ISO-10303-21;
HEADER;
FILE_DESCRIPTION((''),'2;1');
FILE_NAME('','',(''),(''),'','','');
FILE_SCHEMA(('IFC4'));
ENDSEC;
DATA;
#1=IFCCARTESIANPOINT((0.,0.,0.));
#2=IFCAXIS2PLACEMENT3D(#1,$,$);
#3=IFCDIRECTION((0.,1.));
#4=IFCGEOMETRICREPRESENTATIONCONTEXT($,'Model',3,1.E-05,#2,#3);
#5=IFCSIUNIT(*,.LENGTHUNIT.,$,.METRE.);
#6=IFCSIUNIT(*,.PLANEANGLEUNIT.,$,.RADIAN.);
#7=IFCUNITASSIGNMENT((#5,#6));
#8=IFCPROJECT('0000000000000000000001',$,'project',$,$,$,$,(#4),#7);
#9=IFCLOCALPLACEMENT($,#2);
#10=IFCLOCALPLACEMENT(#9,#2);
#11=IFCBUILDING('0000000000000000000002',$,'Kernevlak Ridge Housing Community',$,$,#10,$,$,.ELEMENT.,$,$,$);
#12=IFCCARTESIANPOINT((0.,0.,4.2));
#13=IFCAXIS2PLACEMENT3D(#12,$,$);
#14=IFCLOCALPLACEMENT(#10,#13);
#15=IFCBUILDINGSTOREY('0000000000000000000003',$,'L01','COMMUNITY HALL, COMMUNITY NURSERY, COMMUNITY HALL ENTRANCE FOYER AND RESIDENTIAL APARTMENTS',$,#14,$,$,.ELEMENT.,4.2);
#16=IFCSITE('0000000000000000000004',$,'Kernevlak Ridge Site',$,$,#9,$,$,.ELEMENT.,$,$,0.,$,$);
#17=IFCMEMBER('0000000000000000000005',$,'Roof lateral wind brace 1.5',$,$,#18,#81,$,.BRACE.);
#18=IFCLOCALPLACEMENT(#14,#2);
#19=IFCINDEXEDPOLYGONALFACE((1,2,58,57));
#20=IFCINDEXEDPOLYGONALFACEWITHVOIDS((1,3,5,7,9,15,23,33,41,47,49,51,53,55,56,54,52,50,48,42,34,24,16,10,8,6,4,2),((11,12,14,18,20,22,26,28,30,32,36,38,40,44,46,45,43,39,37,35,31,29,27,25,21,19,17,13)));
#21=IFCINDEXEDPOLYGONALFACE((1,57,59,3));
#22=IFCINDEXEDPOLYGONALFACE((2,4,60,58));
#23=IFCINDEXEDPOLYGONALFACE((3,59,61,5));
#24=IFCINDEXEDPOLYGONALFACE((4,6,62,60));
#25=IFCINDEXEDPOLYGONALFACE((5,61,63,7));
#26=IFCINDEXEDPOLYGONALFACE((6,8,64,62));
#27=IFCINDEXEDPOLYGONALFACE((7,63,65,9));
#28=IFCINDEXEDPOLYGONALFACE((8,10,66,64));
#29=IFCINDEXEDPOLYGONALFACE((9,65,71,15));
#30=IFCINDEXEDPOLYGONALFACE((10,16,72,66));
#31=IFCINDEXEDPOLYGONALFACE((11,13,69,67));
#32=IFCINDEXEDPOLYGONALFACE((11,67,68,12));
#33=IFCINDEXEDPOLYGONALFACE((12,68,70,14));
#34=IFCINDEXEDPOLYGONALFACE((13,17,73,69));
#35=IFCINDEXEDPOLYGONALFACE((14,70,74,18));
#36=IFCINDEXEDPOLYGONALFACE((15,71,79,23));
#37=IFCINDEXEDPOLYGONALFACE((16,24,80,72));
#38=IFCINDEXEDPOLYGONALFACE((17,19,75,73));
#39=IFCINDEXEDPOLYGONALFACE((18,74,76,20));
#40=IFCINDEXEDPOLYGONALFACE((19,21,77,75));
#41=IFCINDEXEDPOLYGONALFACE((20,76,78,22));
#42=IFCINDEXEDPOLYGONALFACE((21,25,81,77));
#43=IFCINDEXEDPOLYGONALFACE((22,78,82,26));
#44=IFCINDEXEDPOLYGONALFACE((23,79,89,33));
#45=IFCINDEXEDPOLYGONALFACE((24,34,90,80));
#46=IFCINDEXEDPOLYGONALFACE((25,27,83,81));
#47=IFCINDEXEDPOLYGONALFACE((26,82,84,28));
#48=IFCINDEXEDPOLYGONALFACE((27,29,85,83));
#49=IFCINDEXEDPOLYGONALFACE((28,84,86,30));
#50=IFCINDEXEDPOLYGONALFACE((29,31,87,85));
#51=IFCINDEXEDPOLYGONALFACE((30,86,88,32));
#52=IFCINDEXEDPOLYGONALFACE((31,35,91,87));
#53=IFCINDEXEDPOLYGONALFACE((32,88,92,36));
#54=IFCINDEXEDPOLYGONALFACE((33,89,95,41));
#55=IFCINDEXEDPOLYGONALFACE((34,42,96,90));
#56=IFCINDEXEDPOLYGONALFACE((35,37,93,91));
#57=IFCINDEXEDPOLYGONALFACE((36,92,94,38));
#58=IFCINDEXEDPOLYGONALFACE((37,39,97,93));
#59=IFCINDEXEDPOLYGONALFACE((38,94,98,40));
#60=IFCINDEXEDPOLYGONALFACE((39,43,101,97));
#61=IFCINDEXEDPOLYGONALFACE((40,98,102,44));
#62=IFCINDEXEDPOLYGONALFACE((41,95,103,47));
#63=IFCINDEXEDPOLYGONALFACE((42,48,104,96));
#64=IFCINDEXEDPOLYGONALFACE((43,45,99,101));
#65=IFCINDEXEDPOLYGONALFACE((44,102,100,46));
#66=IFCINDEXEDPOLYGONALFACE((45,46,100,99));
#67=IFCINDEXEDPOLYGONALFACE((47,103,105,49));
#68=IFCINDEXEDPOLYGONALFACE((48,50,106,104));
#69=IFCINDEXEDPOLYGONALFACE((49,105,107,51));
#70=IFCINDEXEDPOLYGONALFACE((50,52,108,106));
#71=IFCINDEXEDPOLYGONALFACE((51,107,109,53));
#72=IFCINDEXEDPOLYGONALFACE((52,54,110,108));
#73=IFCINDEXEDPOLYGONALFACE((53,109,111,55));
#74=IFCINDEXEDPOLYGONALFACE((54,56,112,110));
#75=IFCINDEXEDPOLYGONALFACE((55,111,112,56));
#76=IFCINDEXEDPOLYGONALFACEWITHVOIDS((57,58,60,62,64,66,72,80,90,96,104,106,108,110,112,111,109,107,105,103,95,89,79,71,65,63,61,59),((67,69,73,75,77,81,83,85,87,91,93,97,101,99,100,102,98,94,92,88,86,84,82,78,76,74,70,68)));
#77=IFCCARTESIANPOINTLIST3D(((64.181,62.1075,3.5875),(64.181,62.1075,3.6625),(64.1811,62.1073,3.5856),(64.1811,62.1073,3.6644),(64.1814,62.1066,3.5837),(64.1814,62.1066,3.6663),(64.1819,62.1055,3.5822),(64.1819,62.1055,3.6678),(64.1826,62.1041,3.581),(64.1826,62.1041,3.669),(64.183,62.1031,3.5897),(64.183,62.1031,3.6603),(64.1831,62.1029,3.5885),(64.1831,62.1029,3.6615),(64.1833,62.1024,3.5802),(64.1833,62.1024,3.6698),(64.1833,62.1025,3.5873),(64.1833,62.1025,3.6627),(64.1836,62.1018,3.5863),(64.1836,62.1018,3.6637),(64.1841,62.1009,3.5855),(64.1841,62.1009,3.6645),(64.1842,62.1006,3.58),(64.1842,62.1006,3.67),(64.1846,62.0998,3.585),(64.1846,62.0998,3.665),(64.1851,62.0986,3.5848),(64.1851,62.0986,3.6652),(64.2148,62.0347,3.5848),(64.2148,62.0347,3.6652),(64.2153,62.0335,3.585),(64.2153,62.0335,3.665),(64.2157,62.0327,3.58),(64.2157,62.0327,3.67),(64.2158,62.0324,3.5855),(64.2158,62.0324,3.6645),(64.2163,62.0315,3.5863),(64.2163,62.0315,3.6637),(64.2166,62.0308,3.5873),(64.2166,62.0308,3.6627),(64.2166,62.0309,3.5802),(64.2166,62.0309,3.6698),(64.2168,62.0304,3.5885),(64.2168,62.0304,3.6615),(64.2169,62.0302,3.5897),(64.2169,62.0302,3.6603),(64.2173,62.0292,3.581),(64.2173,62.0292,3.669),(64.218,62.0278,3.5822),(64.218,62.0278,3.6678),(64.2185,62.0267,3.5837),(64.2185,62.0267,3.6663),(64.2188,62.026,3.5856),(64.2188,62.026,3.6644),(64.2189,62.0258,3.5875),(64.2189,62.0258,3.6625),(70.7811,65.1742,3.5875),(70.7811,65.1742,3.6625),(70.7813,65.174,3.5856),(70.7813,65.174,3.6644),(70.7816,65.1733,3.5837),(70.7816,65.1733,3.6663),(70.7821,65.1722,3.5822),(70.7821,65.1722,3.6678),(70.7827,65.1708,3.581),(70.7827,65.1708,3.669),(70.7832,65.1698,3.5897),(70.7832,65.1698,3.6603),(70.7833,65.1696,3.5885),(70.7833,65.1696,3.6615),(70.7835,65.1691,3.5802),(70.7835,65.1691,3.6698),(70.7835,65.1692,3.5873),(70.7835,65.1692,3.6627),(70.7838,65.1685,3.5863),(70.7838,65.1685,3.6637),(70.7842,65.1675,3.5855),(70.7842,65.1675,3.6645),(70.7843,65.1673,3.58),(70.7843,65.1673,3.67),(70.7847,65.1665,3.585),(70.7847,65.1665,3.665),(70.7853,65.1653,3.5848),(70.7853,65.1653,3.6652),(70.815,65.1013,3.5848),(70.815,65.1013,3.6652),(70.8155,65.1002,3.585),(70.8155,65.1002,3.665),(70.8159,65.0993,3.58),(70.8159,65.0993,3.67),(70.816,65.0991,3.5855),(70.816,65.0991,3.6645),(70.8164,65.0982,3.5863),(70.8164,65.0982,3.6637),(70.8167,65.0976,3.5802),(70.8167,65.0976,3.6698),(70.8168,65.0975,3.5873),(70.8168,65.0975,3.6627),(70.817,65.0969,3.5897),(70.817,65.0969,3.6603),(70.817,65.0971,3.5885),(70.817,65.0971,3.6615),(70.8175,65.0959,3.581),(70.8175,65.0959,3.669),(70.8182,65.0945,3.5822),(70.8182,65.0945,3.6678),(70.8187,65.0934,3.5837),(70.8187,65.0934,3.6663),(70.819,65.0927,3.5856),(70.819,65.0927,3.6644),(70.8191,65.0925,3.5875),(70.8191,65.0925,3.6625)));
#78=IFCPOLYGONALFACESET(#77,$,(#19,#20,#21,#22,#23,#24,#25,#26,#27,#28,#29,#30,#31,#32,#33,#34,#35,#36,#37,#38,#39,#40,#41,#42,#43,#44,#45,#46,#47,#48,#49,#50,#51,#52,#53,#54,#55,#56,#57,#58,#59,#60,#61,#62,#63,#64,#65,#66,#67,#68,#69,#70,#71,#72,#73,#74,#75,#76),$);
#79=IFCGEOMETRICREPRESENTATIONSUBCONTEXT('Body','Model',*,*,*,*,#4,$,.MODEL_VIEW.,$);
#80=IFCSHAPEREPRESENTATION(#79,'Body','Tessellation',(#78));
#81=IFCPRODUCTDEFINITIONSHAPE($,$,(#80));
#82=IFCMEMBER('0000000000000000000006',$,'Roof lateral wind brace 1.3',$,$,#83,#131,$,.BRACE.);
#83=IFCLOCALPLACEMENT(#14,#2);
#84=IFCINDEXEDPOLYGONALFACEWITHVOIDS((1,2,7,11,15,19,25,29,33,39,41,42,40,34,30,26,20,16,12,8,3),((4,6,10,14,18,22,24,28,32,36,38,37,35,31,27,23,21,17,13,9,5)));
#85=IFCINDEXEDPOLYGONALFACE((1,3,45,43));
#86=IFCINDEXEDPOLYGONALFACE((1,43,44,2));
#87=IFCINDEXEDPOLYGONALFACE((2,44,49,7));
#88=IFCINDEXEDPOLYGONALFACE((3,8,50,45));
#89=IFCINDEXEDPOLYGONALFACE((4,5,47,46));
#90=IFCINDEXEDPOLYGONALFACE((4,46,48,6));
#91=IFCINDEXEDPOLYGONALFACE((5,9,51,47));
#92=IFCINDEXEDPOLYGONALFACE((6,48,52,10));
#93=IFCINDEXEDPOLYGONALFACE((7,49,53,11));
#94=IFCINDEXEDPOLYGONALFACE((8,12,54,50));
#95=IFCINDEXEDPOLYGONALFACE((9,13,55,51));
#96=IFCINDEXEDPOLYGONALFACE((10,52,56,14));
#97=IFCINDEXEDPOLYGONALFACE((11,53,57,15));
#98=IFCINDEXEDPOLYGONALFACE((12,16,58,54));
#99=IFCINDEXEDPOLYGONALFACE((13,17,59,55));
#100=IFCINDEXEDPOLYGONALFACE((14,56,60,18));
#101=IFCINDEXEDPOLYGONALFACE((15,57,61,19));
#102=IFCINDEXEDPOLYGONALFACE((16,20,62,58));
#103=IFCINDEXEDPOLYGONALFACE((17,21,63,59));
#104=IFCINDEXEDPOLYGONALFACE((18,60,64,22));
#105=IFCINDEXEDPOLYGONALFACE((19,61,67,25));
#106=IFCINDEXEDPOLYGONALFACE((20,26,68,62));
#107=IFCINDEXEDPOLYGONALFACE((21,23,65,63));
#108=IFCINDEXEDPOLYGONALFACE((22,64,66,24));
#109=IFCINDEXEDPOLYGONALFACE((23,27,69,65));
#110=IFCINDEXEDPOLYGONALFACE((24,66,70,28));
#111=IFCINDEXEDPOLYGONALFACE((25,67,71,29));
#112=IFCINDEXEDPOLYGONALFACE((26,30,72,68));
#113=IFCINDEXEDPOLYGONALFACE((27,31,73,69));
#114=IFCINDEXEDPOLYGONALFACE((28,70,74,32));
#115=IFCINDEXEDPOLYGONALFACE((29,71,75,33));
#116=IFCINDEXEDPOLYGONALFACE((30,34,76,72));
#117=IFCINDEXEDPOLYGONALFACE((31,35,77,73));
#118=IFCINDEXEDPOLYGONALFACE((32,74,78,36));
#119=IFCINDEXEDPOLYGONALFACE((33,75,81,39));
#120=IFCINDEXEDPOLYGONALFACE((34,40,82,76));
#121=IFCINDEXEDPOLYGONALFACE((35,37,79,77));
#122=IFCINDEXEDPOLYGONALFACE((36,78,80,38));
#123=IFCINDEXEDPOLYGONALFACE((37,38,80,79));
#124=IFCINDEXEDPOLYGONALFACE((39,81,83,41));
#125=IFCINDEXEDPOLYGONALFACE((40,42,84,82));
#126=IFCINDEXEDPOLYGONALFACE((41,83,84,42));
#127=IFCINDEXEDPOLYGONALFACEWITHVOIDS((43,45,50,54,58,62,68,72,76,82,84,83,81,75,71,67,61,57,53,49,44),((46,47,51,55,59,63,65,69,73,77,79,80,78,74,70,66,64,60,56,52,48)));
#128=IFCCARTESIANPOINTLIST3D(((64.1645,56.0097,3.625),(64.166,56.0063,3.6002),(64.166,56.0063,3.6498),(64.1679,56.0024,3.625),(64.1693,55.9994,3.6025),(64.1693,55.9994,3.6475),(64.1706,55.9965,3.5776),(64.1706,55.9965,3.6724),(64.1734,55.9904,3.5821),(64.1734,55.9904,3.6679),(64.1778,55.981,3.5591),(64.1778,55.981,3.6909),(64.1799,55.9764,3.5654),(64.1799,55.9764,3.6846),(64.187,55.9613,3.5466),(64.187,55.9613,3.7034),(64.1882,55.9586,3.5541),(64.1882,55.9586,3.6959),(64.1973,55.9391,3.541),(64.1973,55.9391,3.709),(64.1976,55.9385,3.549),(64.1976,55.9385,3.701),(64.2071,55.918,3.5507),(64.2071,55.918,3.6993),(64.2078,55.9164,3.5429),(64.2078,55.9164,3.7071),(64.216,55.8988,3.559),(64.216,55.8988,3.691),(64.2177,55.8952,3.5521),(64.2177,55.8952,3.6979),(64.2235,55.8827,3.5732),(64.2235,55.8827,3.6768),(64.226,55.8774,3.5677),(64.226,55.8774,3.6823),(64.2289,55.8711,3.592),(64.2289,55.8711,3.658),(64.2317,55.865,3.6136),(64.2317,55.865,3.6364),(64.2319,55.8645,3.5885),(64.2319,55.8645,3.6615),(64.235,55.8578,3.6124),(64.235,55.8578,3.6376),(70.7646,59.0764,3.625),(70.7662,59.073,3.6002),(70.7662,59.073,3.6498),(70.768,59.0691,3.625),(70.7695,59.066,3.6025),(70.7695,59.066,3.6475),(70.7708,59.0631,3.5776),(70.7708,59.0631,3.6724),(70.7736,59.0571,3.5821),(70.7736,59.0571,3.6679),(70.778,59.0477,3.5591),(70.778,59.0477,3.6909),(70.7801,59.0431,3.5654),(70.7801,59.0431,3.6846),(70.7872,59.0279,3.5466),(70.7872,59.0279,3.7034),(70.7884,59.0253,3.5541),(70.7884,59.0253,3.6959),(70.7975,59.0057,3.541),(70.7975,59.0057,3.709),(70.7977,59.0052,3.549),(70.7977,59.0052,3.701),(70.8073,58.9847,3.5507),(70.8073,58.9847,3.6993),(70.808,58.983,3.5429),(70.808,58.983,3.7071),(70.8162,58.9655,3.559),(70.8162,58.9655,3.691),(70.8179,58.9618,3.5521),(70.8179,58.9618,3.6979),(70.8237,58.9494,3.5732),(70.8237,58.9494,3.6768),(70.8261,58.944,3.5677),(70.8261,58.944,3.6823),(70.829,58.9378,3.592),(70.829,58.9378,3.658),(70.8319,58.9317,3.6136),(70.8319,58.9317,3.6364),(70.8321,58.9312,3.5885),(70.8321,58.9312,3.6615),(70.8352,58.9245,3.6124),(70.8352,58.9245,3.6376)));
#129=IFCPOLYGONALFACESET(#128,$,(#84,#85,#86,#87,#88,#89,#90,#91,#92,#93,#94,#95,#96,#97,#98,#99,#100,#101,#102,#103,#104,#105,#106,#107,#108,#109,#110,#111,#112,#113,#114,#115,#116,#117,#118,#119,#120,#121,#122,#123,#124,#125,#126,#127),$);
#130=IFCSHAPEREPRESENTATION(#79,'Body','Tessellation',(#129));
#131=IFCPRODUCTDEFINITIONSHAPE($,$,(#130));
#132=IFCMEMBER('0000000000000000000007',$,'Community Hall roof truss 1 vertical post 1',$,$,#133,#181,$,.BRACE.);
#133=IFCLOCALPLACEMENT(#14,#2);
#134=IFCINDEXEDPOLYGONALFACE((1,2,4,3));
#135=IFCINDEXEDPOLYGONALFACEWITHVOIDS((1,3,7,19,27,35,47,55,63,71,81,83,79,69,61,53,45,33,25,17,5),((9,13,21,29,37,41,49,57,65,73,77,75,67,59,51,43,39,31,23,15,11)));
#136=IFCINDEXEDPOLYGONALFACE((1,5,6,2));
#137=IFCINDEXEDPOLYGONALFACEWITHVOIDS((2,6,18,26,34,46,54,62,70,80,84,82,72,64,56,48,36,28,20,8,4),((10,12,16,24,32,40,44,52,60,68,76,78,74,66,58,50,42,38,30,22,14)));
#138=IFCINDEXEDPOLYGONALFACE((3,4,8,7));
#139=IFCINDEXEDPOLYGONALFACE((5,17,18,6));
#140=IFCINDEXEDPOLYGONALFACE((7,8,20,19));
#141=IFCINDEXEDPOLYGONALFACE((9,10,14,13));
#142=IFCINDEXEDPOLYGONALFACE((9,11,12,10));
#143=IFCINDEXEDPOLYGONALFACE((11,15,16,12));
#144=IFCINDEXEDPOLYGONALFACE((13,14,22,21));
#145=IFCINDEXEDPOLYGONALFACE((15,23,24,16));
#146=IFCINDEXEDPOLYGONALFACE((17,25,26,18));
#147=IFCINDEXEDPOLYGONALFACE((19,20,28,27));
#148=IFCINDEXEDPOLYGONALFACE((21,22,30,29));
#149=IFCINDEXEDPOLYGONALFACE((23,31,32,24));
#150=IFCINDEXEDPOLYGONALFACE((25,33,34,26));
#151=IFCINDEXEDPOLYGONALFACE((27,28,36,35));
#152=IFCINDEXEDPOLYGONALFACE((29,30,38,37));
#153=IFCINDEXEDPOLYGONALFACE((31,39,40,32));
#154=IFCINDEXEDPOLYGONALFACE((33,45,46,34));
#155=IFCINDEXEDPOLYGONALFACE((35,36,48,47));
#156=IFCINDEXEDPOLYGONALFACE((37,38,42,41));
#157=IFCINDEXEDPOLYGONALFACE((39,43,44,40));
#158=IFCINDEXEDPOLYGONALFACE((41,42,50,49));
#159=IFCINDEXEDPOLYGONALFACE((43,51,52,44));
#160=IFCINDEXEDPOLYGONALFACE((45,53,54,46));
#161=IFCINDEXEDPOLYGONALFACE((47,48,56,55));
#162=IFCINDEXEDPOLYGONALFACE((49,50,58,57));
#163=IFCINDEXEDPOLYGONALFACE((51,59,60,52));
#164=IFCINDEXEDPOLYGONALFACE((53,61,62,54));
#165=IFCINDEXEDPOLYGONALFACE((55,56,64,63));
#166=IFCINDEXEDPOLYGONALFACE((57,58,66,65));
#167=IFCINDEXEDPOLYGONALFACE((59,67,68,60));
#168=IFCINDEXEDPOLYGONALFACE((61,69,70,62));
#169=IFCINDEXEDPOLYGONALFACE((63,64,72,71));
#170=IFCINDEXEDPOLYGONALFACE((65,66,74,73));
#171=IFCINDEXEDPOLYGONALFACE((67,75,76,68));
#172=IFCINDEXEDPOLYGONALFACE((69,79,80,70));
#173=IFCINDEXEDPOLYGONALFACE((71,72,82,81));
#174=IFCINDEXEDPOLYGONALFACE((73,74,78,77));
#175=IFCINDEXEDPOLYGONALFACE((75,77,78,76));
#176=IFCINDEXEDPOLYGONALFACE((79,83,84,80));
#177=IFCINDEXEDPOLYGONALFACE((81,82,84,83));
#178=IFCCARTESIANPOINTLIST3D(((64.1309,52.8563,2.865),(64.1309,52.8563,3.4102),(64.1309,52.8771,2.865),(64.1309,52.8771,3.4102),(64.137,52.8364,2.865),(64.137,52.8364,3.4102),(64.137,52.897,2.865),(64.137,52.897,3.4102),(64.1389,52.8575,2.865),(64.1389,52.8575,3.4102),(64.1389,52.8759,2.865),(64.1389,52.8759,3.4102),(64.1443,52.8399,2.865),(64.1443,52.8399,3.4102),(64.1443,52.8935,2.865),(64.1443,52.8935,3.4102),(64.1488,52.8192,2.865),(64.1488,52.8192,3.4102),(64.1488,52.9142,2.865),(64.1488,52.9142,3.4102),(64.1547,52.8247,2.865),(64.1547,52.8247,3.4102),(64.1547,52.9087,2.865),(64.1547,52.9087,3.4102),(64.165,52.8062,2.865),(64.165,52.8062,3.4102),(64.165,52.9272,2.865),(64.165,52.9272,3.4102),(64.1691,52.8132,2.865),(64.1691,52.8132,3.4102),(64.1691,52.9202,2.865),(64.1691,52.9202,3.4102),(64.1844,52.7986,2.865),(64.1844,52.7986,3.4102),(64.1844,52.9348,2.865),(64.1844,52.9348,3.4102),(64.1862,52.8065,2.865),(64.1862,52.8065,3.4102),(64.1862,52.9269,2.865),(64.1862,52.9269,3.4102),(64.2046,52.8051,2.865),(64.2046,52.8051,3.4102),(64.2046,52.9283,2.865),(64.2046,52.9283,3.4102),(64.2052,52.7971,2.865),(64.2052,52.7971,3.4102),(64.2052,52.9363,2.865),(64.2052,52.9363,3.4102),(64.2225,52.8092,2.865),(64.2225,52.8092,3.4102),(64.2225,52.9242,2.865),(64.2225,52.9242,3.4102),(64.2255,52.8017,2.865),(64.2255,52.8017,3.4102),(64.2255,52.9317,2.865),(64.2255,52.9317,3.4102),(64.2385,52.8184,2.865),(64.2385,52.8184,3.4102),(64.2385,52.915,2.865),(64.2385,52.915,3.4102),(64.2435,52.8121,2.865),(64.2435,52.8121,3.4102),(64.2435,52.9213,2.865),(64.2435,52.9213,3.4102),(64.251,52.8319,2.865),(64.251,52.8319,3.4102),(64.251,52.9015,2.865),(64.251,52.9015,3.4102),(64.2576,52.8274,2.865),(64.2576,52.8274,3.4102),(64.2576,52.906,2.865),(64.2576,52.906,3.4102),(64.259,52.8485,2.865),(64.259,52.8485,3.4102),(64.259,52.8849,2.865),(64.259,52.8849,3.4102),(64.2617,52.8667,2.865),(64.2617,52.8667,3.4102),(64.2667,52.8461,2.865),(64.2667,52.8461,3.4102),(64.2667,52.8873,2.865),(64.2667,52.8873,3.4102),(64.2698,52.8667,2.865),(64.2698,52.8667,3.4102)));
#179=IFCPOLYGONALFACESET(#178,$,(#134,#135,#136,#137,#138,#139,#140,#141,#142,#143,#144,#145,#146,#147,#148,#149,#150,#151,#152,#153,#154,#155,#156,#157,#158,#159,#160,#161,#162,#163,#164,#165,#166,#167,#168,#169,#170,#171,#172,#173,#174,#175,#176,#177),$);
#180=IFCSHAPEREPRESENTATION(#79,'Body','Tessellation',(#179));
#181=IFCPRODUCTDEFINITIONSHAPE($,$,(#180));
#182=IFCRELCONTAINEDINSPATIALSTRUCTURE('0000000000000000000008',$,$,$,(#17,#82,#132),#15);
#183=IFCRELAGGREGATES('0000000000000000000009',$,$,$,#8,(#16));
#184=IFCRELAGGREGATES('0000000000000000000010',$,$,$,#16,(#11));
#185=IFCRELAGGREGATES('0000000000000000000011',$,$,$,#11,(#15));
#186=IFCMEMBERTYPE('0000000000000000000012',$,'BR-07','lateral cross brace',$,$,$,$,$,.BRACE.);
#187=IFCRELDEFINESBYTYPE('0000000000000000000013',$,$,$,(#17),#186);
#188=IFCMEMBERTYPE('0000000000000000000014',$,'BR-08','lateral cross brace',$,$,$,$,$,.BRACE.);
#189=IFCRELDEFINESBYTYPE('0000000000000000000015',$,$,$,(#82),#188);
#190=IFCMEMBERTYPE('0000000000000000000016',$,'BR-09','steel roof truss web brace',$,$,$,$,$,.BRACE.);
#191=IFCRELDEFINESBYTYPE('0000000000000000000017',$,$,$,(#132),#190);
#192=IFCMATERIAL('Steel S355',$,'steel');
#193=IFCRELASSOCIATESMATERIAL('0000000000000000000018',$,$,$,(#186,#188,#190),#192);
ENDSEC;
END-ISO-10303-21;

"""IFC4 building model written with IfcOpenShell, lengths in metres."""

from ifc_helpers import new_model, si_unit, direction, frame, origin, origin_2d, place, context, subcontext, project, spatial, hollow_rectangle, hollow_circle, extrude, material, material_profile, profile_set, type_object, element, save


model = new_model("IFC4")

# Units and contexts
model_context = context("Model", 3, precision=1e-05, world=origin(), true_north=direction((0.0, 1.0)))
body_context = subcontext(model_context, "Body", "Model", "MODEL_VIEW")
ifc_project = project(units=[si_unit("LENGTHUNIT", "METRE"), si_unit("PLANEANGLEUNIT", "RADIAN")], contexts=[model_context])

# Site, building, storey
site_placement = place(None, origin())
site = spatial("IfcSite", under=ifc_project, at=site_placement, Name="Kernevlak Ridge Site", CompositionType="ELEMENT", RefElevation=0.0)
building_placement = place(site_placement, origin())
building = spatial("IfcBuilding", under=site, at=building_placement, Name="Kernevlak Ridge Housing Community", CompositionType="ELEMENT")
storey_placement = place(building_placement, frame((0.0, 0.0, 4.2)))
storey = spatial("IfcBuildingStorey", under=building, at=storey_placement, Name="L01", Description="COMMUNITY HALL, COMMUNITY NURSERY, COMMUNITY HALL ENTRANCE FOYER AND RESIDENTIAL APARTMENTS", CompositionType="ELEMENT", Elevation=4.2)

# Members
ifc_material_1 = material(Name="Steel S355", Category="steel")
ifc_material_profile_1 = material_profile(ifc_material_1, hollow_rectangle(XDim=0.0901, YDim=0.0901, WallThickness=0.0049, InnerFilletRadius=0.0049, OuterFilletRadius=0.0076, at=origin_2d()), Name="SHS 90x90x5")
ifc_profile_set_1 = profile_set([ifc_material_profile_1], Name="Steel S355")
member_type_1 = type_object("IfcMemberType", Name="BR-07", Description="lateral cross brace", PredefinedType="BRACE", material=ifc_profile_set_1)
for number, where, z_axis, x_axis, name in (
    (1, (64.2, 62.0667, 3.625), (0.906887, 0.421373, 0.0), (-0.421373, 0.906887, 0.0), "Roof lateral wind brace 1.5"),
):
    element("IfcMember", number, at=place(storey_placement, frame(where, z_axis=z_axis, x_axis=x_axis)), inside=storey, type_object=member_type_1, Name=name, PredefinedType="BRACE", context=body_context, shape_type="SweptSolid", body=[
        extrude(hollow_rectangle(XDim=0.0901, YDim=0.0901, WallThickness=0.0049, InnerFilletRadius=0.0049, OuterFilletRadius=0.0076, at=origin_2d()), origin(), (0.0, 0.0, 1.0), 7.2778),
    ])
ifc_material_profile_2 = material_profile(ifc_material_1, hollow_circle(Radius=0.0842, WallThickness=0.0081, at=origin_2d()), Name="CHS 168.3x8")
ifc_profile_set_2 = profile_set([ifc_material_profile_2], Name="Steel S355")
member_type_2 = type_object("IfcMemberType", Name="BR-08", Description="lateral cross brace", PredefinedType="BRACE", material=ifc_profile_set_2)
member_1_placement = place(storey_placement, frame((64.2, 55.9333, 3.625), z_axis=(0.906887, 0.421373, 0.0), x_axis=(-0.421373, 0.906887, 0.0)))
element("IfcMember", 2, at=member_1_placement, inside=storey, type_object=member_type_2, Name="Roof lateral wind brace 1.3", PredefinedType="BRACE", context=body_context, shape_type="SweptSolid", body=[
    extrude(hollow_circle(Radius=0.0842, WallThickness=0.0081, at=origin_2d()), origin(), (0.0, 0.0, 1.0), 7.2778),
])
ifc_material_profile_3 = material_profile(ifc_material_1, hollow_circle(Radius=0.0698, WallThickness=0.0081, at=origin_2d()), Name="CHS 139.7x8")
ifc_profile_set_3 = profile_set([ifc_material_profile_3], Name="Steel S355")
member_type_3 = type_object("IfcMemberType", Name="BR-09", Description="steel roof truss web brace", PredefinedType="BRACE", material=ifc_profile_set_3)
member_2_placement = place(storey_placement, frame((64.2, 52.8667, 2.865), z_axis=(0.0, 0.0, 1.0), x_axis=(1.0, 0.0, 0.0)))
element("IfcMember", 3, at=member_2_placement, inside=storey, type_object=member_type_3, Name="Community Hall roof truss 1 vertical post 1", PredefinedType="BRACE", context=body_context, shape_type="SweptSolid", body=[
    extrude(hollow_circle(Radius=0.0698, WallThickness=0.0081, at=origin_2d()), origin(), (0.0, 0.0, 1.0), 0.5452),
])

save(model, "model.ifc")
